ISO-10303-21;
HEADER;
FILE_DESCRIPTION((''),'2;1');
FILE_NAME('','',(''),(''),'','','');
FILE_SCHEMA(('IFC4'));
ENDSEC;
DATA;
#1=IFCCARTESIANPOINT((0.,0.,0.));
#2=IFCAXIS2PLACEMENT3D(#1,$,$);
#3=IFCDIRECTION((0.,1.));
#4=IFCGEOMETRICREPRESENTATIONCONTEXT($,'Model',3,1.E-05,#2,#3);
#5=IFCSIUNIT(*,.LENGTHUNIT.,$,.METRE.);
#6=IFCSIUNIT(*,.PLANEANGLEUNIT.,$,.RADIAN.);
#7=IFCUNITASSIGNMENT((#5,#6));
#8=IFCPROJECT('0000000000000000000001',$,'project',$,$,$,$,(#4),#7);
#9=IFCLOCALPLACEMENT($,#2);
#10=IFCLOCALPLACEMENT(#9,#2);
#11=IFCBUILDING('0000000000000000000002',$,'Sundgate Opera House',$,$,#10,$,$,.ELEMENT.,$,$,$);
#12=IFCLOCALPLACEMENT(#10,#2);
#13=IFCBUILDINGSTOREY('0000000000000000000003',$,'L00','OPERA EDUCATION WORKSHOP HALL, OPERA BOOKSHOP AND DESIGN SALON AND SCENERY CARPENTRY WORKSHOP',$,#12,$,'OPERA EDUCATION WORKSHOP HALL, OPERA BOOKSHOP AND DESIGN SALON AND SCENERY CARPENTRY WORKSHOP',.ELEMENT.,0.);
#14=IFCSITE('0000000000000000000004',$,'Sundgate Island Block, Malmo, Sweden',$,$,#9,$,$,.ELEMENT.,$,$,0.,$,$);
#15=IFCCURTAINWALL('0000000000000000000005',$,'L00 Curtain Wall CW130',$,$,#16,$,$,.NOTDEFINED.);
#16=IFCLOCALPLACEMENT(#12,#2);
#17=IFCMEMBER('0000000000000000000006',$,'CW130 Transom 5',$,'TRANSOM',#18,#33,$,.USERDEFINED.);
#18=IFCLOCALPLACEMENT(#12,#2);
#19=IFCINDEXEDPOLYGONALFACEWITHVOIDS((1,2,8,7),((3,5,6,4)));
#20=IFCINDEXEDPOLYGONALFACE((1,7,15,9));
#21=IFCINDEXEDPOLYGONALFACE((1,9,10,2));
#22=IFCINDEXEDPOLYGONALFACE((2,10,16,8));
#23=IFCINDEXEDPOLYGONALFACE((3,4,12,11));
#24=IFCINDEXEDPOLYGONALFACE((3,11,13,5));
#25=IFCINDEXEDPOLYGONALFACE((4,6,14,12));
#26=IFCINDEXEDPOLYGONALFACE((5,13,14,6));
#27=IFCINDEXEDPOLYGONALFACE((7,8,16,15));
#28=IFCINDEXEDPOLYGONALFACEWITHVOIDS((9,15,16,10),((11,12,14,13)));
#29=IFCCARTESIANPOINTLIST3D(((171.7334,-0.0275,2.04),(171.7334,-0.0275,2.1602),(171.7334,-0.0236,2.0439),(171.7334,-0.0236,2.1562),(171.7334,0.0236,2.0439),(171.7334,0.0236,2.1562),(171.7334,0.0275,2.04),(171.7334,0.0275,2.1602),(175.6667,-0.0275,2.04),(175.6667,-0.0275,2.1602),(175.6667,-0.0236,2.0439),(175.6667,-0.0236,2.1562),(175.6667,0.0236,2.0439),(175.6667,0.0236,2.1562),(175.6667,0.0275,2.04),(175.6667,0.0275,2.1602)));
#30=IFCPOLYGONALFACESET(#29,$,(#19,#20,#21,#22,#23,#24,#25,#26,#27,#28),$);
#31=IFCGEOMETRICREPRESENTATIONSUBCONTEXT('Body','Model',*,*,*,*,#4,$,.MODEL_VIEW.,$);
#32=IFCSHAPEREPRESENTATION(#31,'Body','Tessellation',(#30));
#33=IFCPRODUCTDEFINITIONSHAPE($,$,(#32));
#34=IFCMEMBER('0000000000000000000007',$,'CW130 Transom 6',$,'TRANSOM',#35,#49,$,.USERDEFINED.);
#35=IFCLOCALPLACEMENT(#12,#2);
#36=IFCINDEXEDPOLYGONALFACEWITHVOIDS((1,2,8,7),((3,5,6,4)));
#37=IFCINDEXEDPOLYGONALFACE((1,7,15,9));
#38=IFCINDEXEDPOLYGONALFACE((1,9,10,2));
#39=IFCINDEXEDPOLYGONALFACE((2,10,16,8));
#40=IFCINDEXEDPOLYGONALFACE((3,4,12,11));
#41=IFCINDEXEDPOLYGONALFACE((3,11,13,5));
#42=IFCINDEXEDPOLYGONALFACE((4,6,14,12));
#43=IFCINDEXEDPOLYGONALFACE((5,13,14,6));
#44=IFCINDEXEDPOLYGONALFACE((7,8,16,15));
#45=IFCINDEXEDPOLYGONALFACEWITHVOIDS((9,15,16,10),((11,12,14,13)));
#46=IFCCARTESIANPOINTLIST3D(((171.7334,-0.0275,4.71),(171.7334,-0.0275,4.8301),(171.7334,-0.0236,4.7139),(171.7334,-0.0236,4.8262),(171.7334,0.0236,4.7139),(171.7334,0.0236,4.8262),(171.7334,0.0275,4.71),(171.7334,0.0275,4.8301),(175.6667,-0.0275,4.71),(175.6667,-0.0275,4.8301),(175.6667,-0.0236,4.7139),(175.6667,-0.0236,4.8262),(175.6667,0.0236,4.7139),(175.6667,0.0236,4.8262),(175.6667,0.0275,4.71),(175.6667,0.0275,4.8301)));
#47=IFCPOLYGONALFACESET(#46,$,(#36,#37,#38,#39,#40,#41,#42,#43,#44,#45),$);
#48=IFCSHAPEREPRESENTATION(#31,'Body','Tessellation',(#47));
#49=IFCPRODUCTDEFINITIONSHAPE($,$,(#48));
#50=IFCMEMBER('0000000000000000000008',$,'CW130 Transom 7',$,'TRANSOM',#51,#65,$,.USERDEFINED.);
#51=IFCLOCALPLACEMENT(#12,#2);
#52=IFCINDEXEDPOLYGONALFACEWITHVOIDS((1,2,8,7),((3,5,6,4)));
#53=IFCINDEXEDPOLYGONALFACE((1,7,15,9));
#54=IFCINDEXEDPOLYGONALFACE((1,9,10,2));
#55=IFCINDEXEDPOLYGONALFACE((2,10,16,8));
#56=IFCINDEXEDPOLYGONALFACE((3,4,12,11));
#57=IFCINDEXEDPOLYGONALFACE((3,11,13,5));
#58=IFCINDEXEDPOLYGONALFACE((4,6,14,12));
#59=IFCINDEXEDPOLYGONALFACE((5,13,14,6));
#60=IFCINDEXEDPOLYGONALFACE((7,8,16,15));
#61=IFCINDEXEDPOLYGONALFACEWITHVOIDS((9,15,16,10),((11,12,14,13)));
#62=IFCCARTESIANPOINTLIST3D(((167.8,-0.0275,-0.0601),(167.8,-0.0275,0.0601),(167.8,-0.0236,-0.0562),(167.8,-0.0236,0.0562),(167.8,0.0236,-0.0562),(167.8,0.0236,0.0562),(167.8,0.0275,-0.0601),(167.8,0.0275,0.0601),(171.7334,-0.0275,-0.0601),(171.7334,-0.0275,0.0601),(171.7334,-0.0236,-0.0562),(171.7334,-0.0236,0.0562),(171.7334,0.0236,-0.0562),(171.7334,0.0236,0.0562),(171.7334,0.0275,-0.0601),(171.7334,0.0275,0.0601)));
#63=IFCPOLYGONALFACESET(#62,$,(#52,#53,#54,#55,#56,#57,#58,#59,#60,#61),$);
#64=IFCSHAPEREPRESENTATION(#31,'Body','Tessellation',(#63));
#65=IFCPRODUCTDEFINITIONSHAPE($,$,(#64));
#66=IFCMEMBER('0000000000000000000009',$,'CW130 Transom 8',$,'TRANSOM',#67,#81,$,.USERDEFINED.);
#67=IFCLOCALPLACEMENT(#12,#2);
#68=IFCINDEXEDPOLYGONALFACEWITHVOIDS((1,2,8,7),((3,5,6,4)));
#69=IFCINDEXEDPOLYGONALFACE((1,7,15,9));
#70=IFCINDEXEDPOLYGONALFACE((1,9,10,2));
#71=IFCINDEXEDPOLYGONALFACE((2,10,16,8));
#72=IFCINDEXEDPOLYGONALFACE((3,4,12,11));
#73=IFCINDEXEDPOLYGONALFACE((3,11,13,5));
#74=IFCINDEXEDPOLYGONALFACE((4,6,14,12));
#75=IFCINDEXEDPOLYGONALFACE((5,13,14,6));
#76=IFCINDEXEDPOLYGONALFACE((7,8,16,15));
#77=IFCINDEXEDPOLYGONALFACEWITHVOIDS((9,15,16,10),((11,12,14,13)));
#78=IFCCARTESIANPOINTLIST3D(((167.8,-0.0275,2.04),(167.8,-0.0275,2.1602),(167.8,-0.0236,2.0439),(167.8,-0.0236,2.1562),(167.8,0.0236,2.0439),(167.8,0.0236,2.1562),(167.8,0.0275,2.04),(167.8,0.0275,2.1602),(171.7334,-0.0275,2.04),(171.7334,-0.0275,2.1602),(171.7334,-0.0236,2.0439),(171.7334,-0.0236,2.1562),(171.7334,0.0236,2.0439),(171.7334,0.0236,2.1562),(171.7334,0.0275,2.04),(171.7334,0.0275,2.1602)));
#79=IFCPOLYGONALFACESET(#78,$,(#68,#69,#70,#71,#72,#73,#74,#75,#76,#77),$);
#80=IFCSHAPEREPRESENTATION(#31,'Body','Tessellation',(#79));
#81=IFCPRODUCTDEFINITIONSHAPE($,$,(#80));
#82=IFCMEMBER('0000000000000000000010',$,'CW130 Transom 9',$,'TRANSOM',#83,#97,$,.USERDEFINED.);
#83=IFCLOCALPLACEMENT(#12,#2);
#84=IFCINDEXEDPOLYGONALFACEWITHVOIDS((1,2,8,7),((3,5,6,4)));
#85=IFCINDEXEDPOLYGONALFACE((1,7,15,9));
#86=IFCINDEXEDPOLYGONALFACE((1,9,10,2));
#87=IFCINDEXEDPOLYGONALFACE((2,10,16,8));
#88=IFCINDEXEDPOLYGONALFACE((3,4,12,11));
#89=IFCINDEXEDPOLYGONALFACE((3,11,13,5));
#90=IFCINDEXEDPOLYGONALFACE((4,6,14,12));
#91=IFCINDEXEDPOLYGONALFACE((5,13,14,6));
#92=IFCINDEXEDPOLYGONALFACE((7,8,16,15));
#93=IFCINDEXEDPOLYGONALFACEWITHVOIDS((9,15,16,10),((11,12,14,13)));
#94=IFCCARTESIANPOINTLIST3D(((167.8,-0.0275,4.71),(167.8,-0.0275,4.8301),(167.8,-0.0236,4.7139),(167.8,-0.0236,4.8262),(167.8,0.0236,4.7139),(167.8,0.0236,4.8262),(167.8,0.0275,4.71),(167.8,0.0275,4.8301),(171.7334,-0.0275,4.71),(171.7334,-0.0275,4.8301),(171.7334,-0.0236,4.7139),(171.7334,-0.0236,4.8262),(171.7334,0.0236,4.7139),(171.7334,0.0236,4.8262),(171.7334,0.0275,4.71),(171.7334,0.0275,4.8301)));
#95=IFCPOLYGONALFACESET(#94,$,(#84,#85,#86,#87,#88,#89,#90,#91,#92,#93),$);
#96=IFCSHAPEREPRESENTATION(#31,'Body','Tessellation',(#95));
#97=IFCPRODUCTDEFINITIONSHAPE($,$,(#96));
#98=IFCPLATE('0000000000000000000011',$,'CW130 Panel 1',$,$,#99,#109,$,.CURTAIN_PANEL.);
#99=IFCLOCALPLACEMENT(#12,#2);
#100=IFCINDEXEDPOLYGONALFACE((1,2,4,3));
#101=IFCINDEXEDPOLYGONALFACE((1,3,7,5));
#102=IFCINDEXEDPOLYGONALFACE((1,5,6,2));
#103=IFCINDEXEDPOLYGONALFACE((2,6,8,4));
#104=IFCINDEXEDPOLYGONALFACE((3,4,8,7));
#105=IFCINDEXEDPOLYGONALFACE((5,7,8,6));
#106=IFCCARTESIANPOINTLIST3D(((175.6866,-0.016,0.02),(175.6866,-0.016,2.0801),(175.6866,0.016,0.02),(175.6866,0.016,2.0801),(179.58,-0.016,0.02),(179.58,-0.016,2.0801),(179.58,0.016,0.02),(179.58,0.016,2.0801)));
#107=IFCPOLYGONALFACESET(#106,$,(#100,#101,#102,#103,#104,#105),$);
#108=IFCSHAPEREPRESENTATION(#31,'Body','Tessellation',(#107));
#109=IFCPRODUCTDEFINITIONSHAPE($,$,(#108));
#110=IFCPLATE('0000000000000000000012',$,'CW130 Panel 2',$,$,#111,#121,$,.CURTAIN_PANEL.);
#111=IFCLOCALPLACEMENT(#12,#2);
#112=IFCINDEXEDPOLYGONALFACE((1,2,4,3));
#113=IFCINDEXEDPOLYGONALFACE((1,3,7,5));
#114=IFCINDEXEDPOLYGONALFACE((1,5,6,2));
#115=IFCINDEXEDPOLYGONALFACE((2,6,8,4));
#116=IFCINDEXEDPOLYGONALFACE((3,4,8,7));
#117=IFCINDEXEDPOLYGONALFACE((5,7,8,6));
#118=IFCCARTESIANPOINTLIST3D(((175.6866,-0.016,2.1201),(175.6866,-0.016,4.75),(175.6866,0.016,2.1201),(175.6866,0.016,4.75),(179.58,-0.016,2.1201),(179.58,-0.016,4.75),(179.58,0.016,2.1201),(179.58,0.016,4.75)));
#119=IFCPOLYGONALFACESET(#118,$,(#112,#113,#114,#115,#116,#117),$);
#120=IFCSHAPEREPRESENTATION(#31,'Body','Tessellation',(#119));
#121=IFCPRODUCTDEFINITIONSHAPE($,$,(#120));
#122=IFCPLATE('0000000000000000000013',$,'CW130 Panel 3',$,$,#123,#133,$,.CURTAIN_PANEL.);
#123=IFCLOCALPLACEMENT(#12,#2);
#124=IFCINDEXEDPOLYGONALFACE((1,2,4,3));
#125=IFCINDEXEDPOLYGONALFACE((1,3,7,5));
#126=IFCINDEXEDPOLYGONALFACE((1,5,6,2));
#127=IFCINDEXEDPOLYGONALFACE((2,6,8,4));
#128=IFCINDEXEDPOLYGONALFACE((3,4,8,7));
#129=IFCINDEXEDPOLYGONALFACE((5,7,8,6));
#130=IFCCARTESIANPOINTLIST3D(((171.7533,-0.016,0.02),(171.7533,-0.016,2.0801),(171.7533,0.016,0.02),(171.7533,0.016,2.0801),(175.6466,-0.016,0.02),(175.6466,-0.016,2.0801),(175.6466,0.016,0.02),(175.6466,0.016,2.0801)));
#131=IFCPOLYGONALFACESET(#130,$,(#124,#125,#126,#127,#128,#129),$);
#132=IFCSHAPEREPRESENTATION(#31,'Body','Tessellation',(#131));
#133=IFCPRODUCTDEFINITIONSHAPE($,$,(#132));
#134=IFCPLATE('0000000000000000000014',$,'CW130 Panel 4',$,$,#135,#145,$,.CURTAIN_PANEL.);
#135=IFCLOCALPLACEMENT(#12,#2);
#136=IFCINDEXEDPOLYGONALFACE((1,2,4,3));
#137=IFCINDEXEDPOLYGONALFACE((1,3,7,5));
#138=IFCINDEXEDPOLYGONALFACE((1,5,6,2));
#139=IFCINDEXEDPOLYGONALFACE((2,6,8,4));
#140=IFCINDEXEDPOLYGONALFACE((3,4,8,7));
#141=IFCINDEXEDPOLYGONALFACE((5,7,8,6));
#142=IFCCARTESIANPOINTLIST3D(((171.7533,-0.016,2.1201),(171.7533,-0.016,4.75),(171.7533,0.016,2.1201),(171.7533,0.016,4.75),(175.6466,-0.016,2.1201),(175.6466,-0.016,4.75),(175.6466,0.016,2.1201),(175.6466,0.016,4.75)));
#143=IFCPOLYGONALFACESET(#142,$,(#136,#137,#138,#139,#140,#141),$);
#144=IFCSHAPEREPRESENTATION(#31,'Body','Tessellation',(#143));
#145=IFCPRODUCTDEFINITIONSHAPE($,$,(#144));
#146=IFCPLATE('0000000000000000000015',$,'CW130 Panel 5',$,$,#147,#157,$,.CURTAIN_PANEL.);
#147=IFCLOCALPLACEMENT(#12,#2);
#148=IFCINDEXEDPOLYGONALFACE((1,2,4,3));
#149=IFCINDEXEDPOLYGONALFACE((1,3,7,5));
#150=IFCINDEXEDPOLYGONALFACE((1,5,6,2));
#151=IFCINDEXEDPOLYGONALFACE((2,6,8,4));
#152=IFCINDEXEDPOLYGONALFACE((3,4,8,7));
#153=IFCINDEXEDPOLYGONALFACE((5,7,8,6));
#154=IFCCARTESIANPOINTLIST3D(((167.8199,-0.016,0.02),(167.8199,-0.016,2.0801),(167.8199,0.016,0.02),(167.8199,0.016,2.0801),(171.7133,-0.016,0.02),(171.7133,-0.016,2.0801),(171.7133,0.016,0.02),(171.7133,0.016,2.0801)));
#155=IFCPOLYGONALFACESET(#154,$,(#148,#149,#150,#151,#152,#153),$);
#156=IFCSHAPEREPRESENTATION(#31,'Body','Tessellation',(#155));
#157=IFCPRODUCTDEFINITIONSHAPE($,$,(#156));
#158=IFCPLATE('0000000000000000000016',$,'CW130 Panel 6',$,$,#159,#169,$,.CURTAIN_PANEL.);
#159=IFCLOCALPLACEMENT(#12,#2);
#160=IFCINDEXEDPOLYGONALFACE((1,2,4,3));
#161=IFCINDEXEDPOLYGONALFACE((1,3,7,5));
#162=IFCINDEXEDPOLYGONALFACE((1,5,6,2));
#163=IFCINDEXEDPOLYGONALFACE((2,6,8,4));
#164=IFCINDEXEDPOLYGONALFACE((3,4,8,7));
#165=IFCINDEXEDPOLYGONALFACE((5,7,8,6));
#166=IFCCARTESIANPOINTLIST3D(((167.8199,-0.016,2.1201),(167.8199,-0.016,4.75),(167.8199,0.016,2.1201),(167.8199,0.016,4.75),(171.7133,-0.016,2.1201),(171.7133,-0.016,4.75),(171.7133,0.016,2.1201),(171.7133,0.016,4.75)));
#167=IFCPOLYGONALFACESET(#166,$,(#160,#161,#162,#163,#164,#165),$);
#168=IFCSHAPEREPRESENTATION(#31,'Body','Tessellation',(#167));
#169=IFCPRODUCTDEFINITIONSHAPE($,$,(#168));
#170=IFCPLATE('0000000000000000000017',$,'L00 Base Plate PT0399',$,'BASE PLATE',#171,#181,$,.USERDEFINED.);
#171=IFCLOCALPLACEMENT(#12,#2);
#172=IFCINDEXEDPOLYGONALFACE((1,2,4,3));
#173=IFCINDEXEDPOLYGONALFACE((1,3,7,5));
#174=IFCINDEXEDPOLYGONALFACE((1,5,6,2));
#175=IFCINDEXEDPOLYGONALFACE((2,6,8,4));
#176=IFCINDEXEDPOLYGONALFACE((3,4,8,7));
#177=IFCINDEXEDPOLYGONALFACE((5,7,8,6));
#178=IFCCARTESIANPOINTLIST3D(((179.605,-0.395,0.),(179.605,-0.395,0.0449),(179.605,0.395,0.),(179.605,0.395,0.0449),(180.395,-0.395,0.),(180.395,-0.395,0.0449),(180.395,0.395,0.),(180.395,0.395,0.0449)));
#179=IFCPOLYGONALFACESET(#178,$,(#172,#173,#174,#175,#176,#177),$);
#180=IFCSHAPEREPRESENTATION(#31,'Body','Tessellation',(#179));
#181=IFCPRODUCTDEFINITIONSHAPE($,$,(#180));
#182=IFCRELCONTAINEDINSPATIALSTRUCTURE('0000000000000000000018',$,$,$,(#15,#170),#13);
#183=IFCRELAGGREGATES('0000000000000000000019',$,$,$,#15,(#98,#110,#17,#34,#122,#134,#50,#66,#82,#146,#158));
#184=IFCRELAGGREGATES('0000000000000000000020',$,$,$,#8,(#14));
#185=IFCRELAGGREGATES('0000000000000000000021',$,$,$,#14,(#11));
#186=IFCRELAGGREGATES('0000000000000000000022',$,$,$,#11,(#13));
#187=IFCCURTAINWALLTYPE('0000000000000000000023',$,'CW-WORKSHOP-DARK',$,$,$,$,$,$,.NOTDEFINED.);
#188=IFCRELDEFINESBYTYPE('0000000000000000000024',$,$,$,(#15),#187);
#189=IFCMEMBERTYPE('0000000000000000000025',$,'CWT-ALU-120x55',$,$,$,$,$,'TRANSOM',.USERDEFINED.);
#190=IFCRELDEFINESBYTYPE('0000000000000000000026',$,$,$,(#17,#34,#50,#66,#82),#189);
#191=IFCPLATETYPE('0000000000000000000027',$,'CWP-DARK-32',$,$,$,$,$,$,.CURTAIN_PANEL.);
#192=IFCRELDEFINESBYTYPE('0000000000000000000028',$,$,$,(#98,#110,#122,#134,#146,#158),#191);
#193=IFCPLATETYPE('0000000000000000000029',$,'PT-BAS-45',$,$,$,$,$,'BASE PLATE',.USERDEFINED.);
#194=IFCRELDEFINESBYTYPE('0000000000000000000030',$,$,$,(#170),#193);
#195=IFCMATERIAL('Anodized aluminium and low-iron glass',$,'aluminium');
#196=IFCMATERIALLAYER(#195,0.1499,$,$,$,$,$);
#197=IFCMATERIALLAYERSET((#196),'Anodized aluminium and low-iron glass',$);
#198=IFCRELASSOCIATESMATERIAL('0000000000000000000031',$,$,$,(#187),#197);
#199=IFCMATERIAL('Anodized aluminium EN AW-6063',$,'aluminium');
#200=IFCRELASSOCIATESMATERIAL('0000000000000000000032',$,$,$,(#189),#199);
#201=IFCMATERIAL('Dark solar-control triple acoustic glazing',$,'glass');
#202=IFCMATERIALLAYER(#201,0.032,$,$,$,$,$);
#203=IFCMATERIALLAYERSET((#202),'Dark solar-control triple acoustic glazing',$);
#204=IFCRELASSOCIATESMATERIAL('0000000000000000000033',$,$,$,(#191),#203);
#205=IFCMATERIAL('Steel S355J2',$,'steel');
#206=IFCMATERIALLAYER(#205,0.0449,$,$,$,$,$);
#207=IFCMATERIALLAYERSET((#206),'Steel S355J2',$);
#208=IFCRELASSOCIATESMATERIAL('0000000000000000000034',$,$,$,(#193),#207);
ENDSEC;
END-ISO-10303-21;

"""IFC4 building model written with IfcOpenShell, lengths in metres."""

from ifc_helpers import new_model, si_unit, direction, frame, origin, origin_2d, place, context, subcontext, project, spatial, rectangle, hollow_rectangle, extrude, material, layer, layer_set, material_profile, profile_set, type_object, element, aggregate, save


model = new_model("IFC4")

# Units and contexts
model_context = context("Model", 3, precision=1e-05, world=origin(), true_north=direction((0.0, 1.0)))
body_context = subcontext(model_context, "Body", "Model", "MODEL_VIEW")
ifc_project = project(units=[si_unit("LENGTHUNIT", "METRE"), si_unit("PLANEANGLEUNIT", "RADIAN")], contexts=[model_context])

# Site, building, storey
site_placement = place(None, origin())
site = spatial("IfcSite", under=ifc_project, at=site_placement, Name="Sundgate Island Block, Malmo, Sweden", CompositionType="ELEMENT", RefElevation=0.0)
building_placement = place(site_placement, origin())
building = spatial("IfcBuilding", under=site, at=building_placement, Name="Sundgate Opera House", CompositionType="ELEMENT")
storey_placement = place(building_placement, origin())
storey = spatial("IfcBuildingStorey", under=building, at=storey_placement, Name="L00", Description="OPERA EDUCATION WORKSHOP HALL, OPERA BOOKSHOP AND DESIGN SALON AND SCENERY CARPENTRY WORKSHOP", LongName="OPERA EDUCATION WORKSHOP HALL, OPERA BOOKSHOP AND DESIGN SALON AND SCENERY CARPENTRY WORKSHOP", CompositionType="ELEMENT", Elevation=0.0)

# Curtain wall, members, plates
ifc_material_1 = material(Name="Anodized aluminium and low-iron glass", Category="aluminium")
ifc_layer_1 = layer(ifc_material_1, 0.1499)
ifc_layer_set_1 = layer_set([ifc_layer_1], Name="Anodized aluminium and low-iron glass")
curtain_wall_type = type_object("IfcCurtainWallType", Name="CW-WORKSHOP-DARK", PredefinedType="NOTDEFINED", material=ifc_layer_set_1)
curtain_wall_placement = place(storey_placement, origin())
curtain_wall = element("IfcCurtainWall", 1, at=curtain_wall_placement, inside=storey, type_object=curtain_wall_type, Name="L00 Curtain Wall CW130", PredefinedType="NOTDEFINED")
ifc_material_2 = material(Name="Anodized aluminium EN AW-6063", Category="aluminium")
ifc_material_profile_1 = material_profile(ifc_material_2, hollow_rectangle(XDim=0.0549, YDim=0.1201, WallThickness=0.0039, at=origin_2d()), Name="CWT 120x55x4")
ifc_profile_set_1 = profile_set([ifc_material_profile_1], Name="Anodized aluminium EN AW-6063")
member_type_1 = type_object("IfcMemberType", Name="CWT-ALU-120x55", ElementType="TRANSOM", PredefinedType="USERDEFINED", material=ifc_profile_set_1)
member_1_placement = place(storey_placement, frame((175.6667, 0.0, 2.1001), z_axis=(-1.0, 0.0, 0.0), x_axis=(0.0, -1.0, 0.0)))
member_1 = element("IfcMember", 2, at=member_1_placement, type_object=member_type_1, Name="CW130 Transom 5", ObjectType="TRANSOM", PredefinedType="USERDEFINED", context=body_context, shape_type="SweptSolid", body=[
    extrude(hollow_rectangle(XDim=0.0549, YDim=0.1201, WallThickness=0.0039, at=origin_2d()), origin(), (0.0, 0.0, 1.0), 3.9333),
])
member_2_placement = place(storey_placement, frame((175.6667, 0.0, 4.77), z_axis=(-1.0, 0.0, 0.0), x_axis=(0.0, -1.0, 0.0)))
member_2 = element("IfcMember", 3, at=member_2_placement, type_object=member_type_1, Name="CW130 Transom 6", ObjectType="TRANSOM", PredefinedType="USERDEFINED", context=body_context, shape_type="SweptSolid", body=[
    extrude(hollow_rectangle(XDim=0.0549, YDim=0.1201, WallThickness=0.0039, at=origin_2d()), origin(), (0.0, 0.0, 1.0), 3.9333),
])
member_3_placement = place(storey_placement, frame((171.7334, 0.0, 0.0), z_axis=(-1.0, 0.0, 0.0), x_axis=(0.0, -1.0, 0.0)))
member_3 = element("IfcMember", 4, at=member_3_placement, type_object=member_type_1, Name="CW130 Transom 7", ObjectType="TRANSOM", PredefinedType="USERDEFINED", context=body_context, shape_type="SweptSolid", body=[
    extrude(hollow_rectangle(XDim=0.0549, YDim=0.1201, WallThickness=0.0039, at=origin_2d()), origin(), (0.0, 0.0, 1.0), 3.9333),
])
member_4_placement = place(storey_placement, frame((171.7334, 0.0, 2.1001), z_axis=(-1.0, 0.0, 0.0), x_axis=(0.0, -1.0, 0.0)))
member_4 = element("IfcMember", 5, at=member_4_placement, type_object=member_type_1, Name="CW130 Transom 8", ObjectType="TRANSOM", PredefinedType="USERDEFINED", context=body_context, shape_type="SweptSolid", body=[
    extrude(hollow_rectangle(XDim=0.0549, YDim=0.1201, WallThickness=0.0039, at=origin_2d()), origin(), (0.0, 0.0, 1.0), 3.9333),
])
member_5_placement = place(storey_placement, frame((171.7334, 0.0, 4.77), z_axis=(-1.0, 0.0, 0.0), x_axis=(0.0, -1.0, 0.0)))
member_5 = element("IfcMember", 6, at=member_5_placement, type_object=member_type_1, Name="CW130 Transom 9", ObjectType="TRANSOM", PredefinedType="USERDEFINED", context=body_context, shape_type="SweptSolid", body=[
    extrude(hollow_rectangle(XDim=0.0549, YDim=0.1201, WallThickness=0.0039, at=origin_2d()), origin(), (0.0, 0.0, 1.0), 3.9333),
])
ifc_material_3 = material(Name="Dark solar-control triple acoustic glazing", Category="glass")
ifc_layer_2 = layer(ifc_material_3, 0.032)
ifc_layer_set_2 = layer_set([ifc_layer_2], Name="Dark solar-control triple acoustic glazing")
plate_type_1 = type_object("IfcPlateType", Name="CWP-DARK-32", PredefinedType="CURTAIN_PANEL", material=ifc_layer_set_2)
plate_1_placement = place(storey_placement, frame((177.6333, 0.0, 0.02), z_axis=(0.0, 0.0, 1.0), x_axis=(-1.0, 0.0, 0.0)))
plate_1 = element("IfcPlate", 7, at=plate_1_placement, type_object=plate_type_1, Name="CW130 Panel 1", PredefinedType="CURTAIN_PANEL", context=body_context, shape_type="SweptSolid", body=[
    extrude(rectangle(XDim=3.8933, YDim=0.032, at=origin_2d()), origin(), (0.0, 0.0, 1.0), 2.0601),
])
plate_2_placement = place(storey_placement, frame((177.6333, 0.0, 2.1201), z_axis=(0.0, 0.0, 1.0), x_axis=(-1.0, 0.0, 0.0)))
plate_2 = element("IfcPlate", 8, at=plate_2_placement, type_object=plate_type_1, Name="CW130 Panel 2", PredefinedType="CURTAIN_PANEL", context=body_context, shape_type="SweptSolid", body=[
    extrude(rectangle(XDim=3.8933, YDim=0.032, at=origin_2d()), origin(), (0.0, 0.0, 1.0), 2.6299),
])
plate_3_placement = place(storey_placement, frame((173.7, 0.0, 0.02), z_axis=(0.0, 0.0, 1.0), x_axis=(-1.0, 0.0, 0.0)))
plate_3 = element("IfcPlate", 9, at=plate_3_placement, type_object=plate_type_1, Name="CW130 Panel 3", PredefinedType="CURTAIN_PANEL", context=body_context, shape_type="SweptSolid", body=[
    extrude(rectangle(XDim=3.8933, YDim=0.032, at=origin_2d()), origin(), (0.0, 0.0, 1.0), 2.0601),
])
plate_4_placement = place(storey_placement, frame((173.7, 0.0, 2.1201), z_axis=(0.0, 0.0, 1.0), x_axis=(-1.0, 0.0, 0.0)))
plate_4 = element("IfcPlate", 10, at=plate_4_placement, type_object=plate_type_1, Name="CW130 Panel 4", PredefinedType="CURTAIN_PANEL", context=body_context, shape_type="SweptSolid", body=[
    extrude(rectangle(XDim=3.8933, YDim=0.032, at=origin_2d()), origin(), (0.0, 0.0, 1.0), 2.6299),
])
plate_5_placement = place(storey_placement, frame((169.7666, 0.0, 0.02), z_axis=(0.0, 0.0, 1.0), x_axis=(-1.0, 0.0, 0.0)))
plate_5 = element("IfcPlate", 11, at=plate_5_placement, type_object=plate_type_1, Name="CW130 Panel 5", PredefinedType="CURTAIN_PANEL", context=body_context, shape_type="SweptSolid", body=[
    extrude(rectangle(XDim=3.8933, YDim=0.032, at=origin_2d()), origin(), (0.0, 0.0, 1.0), 2.0601),
])
plate_6_placement = place(storey_placement, frame((169.7666, 0.0, 2.1201), z_axis=(0.0, 0.0, 1.0), x_axis=(-1.0, 0.0, 0.0)))
plate_6 = element("IfcPlate", 12, at=plate_6_placement, type_object=plate_type_1, Name="CW130 Panel 6", PredefinedType="CURTAIN_PANEL", context=body_context, shape_type="SweptSolid", body=[
    extrude(rectangle(XDim=3.8933, YDim=0.032, at=origin_2d()), origin(), (0.0, 0.0, 1.0), 2.6299),
])
aggregate(curtain_wall, [plate_1, plate_2, member_1, member_2, plate_3, plate_4, member_3, member_4, member_5, plate_5, plate_6])

# Plate
ifc_material_4 = material(Name="Steel S355J2", Category="steel")
ifc_layer_3 = layer(ifc_material_4, 0.0449)
ifc_layer_set_3 = layer_set([ifc_layer_3], Name="Steel S355J2")
plate_type_2 = type_object("IfcPlateType", Name="PT-BAS-45", ElementType="BASE PLATE", PredefinedType="USERDEFINED", material=ifc_layer_set_3)
plate_7_placement = place(storey_placement, frame((180.0, 0.0, 0.0), z_axis=(0.0, 0.0, 1.0), x_axis=(1.0, 0.0, 0.0)))
element("IfcPlate", 13, at=plate_7_placement, inside=storey, type_object=plate_type_2, Name="L00 Base Plate PT0399", ObjectType="BASE PLATE", PredefinedType="USERDEFINED", context=body_context, shape_type="SweptSolid", body=[
    extrude(rectangle(XDim=0.79, YDim=0.79, at=origin_2d()), origin(), (0.0, 0.0, 1.0), 0.0449),
])

save(model, "model.ifc")
